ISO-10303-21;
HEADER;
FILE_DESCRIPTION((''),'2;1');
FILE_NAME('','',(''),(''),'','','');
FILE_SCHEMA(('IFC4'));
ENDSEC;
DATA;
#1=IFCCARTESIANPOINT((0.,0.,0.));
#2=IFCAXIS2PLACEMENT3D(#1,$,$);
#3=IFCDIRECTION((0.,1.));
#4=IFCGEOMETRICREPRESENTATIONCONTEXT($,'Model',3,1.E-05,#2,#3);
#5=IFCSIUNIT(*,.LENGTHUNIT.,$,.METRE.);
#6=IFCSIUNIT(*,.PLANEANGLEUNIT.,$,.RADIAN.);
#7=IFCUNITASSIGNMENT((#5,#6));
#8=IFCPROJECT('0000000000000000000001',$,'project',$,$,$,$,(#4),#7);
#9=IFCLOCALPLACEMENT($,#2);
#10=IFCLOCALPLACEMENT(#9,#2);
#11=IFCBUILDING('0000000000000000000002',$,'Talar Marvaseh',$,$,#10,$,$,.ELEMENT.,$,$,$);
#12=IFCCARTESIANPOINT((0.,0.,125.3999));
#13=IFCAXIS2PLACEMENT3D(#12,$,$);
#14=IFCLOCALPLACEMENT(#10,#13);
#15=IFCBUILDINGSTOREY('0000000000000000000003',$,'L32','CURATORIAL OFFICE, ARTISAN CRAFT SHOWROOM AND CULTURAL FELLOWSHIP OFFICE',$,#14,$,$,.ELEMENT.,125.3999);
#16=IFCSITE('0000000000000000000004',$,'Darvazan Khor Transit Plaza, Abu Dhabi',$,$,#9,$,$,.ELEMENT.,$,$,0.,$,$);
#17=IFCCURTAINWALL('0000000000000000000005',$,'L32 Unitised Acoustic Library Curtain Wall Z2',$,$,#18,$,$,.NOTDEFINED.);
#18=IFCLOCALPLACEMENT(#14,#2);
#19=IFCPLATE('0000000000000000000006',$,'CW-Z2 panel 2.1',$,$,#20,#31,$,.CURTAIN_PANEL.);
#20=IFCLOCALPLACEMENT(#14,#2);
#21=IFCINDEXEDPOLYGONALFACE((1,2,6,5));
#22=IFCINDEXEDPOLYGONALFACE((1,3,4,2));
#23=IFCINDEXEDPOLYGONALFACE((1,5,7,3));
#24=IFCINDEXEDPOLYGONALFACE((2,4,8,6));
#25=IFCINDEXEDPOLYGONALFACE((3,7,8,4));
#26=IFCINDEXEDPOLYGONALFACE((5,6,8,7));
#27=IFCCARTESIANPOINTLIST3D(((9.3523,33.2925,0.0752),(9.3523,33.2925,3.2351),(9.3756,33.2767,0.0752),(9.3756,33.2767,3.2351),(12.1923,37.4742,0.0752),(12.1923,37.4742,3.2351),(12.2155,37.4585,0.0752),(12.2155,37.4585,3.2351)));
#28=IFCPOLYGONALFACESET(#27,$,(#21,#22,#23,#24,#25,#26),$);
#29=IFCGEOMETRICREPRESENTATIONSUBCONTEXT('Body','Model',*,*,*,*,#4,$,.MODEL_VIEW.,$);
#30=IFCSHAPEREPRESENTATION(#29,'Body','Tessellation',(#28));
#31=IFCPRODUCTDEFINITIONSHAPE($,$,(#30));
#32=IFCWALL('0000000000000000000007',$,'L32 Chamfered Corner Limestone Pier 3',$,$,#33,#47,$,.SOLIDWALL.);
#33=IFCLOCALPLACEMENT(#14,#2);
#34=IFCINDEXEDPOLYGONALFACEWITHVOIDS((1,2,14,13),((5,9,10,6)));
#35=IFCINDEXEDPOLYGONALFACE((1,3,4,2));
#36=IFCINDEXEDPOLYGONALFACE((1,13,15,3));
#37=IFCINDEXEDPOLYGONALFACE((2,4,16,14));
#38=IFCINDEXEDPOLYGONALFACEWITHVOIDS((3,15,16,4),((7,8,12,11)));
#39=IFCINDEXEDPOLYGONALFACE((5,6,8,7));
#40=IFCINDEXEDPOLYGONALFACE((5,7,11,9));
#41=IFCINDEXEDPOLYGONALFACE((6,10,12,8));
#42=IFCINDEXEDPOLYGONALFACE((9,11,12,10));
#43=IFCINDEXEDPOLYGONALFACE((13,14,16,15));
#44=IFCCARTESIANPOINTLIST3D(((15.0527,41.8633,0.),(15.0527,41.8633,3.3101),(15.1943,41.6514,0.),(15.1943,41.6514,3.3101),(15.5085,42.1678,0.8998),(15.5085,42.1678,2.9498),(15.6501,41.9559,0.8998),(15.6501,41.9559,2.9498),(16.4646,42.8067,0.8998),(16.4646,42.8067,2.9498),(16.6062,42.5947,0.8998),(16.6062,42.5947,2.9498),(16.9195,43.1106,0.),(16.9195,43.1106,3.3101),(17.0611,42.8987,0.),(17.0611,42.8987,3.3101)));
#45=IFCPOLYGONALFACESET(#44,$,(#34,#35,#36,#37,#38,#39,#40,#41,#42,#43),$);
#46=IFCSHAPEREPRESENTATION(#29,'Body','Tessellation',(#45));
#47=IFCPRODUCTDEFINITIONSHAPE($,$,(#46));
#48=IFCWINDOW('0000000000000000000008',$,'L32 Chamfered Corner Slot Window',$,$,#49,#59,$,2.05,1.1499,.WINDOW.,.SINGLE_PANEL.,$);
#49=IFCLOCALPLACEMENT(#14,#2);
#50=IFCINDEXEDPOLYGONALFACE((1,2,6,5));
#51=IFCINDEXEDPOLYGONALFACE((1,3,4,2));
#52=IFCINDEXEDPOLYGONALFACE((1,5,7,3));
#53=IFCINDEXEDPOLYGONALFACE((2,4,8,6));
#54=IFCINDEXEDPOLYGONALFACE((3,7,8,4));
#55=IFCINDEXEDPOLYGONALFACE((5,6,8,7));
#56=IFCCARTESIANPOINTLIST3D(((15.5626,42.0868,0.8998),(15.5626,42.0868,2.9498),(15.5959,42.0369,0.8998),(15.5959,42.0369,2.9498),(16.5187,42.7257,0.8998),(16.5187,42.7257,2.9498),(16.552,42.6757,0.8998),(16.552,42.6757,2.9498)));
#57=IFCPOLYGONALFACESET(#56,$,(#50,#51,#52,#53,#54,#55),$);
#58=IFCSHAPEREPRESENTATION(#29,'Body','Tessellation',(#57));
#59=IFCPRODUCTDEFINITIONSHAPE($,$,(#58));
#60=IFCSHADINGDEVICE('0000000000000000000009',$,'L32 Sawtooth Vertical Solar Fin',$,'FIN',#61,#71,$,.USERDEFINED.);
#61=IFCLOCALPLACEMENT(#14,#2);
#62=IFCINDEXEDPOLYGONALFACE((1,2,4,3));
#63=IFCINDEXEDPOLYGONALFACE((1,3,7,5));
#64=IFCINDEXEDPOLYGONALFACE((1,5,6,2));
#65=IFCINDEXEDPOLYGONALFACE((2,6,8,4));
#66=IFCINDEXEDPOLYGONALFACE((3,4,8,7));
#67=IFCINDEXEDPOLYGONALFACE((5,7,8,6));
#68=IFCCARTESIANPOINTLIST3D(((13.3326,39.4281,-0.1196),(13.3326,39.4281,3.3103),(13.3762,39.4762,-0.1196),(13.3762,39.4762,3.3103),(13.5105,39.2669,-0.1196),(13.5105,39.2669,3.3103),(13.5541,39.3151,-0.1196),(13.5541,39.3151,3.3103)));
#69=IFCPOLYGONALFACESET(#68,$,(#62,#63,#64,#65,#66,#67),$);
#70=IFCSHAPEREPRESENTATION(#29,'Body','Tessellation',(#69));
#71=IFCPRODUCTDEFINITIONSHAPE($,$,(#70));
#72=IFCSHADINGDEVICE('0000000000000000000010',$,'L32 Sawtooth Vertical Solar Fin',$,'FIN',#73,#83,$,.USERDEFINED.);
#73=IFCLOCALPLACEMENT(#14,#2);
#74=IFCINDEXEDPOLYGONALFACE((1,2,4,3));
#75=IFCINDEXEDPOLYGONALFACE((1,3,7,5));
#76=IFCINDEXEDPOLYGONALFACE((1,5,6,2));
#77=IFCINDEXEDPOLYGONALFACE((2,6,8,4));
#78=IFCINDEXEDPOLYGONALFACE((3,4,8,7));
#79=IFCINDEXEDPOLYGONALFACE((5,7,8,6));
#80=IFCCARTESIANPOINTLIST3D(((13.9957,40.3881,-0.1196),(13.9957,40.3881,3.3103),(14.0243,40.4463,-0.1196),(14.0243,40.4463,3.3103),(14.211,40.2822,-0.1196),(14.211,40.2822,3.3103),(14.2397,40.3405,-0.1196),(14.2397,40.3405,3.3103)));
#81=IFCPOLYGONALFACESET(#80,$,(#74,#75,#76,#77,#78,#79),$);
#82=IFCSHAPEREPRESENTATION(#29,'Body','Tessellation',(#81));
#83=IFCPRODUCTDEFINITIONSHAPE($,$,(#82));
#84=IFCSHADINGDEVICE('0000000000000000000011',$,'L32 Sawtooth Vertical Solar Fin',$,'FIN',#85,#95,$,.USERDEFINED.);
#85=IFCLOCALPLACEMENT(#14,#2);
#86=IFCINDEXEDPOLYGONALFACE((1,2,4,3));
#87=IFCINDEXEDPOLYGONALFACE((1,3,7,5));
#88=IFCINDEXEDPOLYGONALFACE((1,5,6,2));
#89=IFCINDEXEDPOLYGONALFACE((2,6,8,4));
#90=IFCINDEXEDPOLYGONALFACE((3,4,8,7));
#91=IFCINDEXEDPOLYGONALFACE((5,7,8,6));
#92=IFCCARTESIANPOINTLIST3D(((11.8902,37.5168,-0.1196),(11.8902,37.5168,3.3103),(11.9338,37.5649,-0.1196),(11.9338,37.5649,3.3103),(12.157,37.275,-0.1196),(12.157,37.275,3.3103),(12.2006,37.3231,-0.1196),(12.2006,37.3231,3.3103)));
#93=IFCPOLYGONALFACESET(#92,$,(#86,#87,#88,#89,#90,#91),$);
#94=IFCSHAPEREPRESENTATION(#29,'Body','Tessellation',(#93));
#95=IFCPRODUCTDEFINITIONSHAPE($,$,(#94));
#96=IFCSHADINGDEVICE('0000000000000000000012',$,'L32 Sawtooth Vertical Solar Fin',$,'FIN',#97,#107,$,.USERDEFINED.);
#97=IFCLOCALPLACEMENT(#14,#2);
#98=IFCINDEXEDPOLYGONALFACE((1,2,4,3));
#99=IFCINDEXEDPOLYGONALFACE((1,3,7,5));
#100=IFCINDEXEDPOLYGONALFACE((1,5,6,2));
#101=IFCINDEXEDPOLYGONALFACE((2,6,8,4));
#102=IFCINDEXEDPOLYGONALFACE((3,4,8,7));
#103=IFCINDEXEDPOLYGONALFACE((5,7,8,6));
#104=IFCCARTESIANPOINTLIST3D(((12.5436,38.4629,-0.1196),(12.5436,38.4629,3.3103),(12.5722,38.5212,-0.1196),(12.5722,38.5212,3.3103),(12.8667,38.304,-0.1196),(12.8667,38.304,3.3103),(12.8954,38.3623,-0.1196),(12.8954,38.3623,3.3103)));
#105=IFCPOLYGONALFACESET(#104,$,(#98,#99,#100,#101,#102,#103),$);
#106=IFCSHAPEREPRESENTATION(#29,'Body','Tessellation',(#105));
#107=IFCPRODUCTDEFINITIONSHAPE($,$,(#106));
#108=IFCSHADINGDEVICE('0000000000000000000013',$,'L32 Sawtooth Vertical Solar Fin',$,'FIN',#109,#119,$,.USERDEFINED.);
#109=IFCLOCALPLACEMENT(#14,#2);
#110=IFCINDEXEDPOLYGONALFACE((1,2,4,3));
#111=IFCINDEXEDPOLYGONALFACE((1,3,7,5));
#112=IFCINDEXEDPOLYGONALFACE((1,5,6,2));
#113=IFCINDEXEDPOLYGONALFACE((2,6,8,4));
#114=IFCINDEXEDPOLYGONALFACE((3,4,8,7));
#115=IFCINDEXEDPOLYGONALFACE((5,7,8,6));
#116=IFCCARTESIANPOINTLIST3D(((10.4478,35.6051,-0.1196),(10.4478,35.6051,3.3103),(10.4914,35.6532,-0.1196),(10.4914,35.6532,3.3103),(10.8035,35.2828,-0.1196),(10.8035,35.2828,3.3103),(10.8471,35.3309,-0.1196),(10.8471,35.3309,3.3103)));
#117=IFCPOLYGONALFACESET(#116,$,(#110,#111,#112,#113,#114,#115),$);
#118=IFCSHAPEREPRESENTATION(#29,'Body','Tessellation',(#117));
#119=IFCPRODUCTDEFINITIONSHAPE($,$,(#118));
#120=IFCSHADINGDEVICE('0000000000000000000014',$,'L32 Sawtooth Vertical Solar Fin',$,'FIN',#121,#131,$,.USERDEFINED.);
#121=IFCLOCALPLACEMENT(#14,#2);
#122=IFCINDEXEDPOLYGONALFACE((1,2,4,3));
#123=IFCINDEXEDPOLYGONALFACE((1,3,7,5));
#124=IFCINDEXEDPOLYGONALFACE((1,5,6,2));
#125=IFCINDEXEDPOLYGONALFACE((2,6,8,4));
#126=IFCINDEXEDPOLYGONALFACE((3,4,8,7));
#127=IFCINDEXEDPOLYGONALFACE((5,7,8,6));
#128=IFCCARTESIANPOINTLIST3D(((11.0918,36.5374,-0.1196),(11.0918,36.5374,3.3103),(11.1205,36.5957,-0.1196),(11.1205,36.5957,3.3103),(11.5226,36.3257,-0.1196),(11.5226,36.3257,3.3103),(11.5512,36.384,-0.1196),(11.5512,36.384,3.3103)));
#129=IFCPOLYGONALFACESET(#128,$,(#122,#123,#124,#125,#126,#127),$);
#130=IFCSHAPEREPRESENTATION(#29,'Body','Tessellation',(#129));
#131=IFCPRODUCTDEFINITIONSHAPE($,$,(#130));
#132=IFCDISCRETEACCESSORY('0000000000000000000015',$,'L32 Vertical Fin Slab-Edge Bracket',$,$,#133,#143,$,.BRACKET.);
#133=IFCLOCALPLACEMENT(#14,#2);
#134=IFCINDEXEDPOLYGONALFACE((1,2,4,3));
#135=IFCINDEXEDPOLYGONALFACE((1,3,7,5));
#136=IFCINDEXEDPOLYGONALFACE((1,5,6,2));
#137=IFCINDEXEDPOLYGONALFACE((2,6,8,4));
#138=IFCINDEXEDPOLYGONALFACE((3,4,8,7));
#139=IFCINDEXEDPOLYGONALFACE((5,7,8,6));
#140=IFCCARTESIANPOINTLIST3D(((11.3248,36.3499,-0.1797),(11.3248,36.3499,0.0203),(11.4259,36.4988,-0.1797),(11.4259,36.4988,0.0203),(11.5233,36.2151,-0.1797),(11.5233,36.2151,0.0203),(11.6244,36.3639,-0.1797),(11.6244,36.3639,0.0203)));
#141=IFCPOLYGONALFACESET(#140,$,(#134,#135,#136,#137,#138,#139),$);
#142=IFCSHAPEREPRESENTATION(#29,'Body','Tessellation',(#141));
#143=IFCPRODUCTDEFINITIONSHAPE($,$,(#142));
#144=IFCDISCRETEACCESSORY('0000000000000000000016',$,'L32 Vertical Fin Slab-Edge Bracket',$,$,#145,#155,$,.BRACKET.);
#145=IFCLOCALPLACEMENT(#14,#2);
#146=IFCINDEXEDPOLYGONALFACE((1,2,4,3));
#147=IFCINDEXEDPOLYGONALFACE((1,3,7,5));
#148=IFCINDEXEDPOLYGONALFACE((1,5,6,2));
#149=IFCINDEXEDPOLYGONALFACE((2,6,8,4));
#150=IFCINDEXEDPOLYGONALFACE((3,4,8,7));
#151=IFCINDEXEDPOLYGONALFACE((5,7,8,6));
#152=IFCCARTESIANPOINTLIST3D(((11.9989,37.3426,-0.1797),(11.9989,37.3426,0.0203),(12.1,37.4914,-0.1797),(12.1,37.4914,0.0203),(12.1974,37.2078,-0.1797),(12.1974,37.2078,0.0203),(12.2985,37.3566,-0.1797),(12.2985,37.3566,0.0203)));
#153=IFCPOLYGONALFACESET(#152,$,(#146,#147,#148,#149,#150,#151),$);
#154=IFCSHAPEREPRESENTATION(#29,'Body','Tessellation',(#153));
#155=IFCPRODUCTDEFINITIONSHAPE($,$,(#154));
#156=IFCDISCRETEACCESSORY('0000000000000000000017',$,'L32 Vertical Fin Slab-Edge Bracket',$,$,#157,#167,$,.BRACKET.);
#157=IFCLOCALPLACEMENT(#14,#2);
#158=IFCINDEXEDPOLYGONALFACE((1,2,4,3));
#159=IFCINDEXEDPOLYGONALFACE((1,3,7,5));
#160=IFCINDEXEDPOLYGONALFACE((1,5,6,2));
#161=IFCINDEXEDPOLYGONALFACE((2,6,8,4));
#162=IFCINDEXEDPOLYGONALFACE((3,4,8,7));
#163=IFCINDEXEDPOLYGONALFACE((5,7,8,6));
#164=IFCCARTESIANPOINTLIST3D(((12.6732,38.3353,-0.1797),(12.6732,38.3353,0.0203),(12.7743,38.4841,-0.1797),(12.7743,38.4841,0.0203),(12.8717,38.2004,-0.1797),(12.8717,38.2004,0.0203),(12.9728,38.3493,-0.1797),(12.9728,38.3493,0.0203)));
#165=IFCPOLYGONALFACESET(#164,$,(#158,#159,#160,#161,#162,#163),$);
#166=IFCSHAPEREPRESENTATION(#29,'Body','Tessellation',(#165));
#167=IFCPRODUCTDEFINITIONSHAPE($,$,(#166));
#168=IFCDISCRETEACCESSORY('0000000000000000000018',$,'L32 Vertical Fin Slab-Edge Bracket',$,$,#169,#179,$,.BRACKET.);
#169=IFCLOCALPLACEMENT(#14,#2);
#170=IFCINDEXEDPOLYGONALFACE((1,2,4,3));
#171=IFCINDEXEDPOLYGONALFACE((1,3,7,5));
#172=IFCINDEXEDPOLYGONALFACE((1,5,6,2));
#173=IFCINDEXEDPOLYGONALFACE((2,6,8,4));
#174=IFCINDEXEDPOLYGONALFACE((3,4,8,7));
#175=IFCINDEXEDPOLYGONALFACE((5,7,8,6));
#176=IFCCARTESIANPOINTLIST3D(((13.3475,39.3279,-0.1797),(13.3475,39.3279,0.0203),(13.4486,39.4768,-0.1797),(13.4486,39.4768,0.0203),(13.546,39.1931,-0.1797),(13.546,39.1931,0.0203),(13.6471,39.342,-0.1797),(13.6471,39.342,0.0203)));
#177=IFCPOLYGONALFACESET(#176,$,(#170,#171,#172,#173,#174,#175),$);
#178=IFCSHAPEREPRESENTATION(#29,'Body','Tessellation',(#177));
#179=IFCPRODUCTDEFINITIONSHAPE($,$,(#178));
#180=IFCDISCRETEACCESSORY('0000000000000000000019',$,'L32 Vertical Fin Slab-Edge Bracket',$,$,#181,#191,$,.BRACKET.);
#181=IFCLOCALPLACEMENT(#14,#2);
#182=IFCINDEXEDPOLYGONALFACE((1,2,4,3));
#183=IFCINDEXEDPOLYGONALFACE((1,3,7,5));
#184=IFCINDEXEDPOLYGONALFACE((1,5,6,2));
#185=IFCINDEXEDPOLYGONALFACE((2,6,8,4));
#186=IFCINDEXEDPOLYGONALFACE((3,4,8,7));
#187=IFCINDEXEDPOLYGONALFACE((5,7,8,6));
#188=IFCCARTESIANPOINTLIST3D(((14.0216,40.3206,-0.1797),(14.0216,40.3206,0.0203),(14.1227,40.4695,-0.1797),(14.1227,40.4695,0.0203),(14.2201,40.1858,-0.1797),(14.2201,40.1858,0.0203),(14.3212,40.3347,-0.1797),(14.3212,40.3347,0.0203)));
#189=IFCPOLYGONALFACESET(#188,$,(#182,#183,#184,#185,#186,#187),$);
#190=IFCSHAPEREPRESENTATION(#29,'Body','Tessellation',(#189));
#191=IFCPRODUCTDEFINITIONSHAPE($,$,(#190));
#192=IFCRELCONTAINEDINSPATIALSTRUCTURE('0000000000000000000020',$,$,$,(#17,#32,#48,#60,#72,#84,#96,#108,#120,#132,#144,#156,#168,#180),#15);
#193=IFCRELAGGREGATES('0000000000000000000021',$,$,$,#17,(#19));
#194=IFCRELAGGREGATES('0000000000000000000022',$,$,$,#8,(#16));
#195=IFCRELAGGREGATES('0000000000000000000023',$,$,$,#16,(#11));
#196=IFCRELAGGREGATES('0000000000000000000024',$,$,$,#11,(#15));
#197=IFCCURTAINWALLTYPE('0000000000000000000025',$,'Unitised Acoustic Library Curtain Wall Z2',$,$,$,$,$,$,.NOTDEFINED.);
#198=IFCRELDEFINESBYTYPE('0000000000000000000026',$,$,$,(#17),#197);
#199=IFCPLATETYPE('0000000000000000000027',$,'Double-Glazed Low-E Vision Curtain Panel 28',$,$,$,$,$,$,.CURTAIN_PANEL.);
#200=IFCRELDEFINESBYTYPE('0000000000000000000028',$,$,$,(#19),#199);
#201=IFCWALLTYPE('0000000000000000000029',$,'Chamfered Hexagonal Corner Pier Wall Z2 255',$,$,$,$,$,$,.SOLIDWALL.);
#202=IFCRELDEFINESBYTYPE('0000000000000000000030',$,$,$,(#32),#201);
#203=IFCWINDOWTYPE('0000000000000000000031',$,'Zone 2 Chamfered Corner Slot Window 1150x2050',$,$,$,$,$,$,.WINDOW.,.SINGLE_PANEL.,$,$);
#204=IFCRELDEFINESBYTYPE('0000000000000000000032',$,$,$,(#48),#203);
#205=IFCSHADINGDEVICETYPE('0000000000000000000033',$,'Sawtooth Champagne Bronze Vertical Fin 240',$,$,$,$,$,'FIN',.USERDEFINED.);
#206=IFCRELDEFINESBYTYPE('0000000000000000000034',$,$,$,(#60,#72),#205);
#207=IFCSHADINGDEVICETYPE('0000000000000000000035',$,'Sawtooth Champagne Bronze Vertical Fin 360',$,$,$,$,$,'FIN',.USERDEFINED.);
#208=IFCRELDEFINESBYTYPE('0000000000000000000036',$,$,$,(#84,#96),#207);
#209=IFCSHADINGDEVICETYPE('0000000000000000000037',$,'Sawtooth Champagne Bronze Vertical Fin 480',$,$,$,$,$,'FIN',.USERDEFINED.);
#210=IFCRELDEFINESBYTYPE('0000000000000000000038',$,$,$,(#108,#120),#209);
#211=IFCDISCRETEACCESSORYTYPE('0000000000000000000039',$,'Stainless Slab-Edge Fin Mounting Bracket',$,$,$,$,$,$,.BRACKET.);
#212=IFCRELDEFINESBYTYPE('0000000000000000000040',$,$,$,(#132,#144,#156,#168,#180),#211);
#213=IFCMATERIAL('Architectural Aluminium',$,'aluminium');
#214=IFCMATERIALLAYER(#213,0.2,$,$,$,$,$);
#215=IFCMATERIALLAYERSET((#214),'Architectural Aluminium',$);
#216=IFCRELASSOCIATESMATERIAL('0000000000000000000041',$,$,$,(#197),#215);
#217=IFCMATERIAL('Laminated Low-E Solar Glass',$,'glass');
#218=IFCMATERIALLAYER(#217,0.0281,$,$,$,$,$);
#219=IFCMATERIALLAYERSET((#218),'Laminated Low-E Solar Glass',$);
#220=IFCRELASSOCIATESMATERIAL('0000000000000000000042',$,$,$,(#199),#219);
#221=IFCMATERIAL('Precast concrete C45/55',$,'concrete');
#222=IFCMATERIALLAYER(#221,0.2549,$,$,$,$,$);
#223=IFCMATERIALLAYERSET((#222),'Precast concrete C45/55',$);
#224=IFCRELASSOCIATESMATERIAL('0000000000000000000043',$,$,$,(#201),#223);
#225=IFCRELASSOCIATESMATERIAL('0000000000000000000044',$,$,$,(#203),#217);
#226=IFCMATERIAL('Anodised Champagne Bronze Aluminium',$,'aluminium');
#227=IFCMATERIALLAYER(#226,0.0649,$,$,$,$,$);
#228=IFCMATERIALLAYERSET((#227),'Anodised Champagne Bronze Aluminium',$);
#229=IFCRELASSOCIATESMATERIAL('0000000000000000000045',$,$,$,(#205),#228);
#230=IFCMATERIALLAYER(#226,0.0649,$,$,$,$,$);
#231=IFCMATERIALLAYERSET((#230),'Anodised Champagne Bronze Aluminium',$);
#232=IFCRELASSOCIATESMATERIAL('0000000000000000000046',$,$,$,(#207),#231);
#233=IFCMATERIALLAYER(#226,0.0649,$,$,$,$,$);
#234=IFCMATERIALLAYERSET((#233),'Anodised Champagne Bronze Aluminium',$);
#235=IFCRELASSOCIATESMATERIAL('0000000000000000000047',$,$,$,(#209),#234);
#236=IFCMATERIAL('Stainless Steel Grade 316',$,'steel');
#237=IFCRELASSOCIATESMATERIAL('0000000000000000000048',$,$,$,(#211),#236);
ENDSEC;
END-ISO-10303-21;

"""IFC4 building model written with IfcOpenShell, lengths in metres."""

from ifc_helpers import new_model, si_unit, direction, frame, frame_2d, origin, origin_2d, place, context, subcontext, project, spatial, rectangle, extrude, source, transform, mapped, material, layer, layer_set, type_object, type_shapes, element, fill, aggregate, save


model = new_model("IFC4")

# Units and contexts
model_context = context("Model", 3, precision=1e-05, world=origin(), true_north=direction((0.0, 1.0)))
body_context = subcontext(model_context, "Body", "Model", "MODEL_VIEW")
ifc_project = project(units=[si_unit("LENGTHUNIT", "METRE"), si_unit("PLANEANGLEUNIT", "RADIAN")], contexts=[model_context])

# Site, building, storey
site_placement = place(None, origin())
site = spatial("IfcSite", under=ifc_project, at=site_placement, Name="Darvazan Khor Transit Plaza, Abu Dhabi", CompositionType="ELEMENT", RefElevation=0.0)
building_placement = place(site_placement, origin())
building = spatial("IfcBuilding", under=site, at=building_placement, Name="Talar Marvaseh", CompositionType="ELEMENT")
storey_placement = place(building_placement, frame((0.0, 0.0, 125.3999)))
storey = spatial("IfcBuildingStorey", under=building, at=storey_placement, Name="L32", Description="CURATORIAL OFFICE, ARTISAN CRAFT SHOWROOM AND CULTURAL FELLOWSHIP OFFICE", CompositionType="ELEMENT", Elevation=125.3999)

# Curtain wall, plate
ifc_material_1 = material(Name="Architectural Aluminium", Category="aluminium")
ifc_layer_1 = layer(ifc_material_1, 0.2)
ifc_layer_set_1 = layer_set([ifc_layer_1], Name="Architectural Aluminium")
curtain_wall_type = type_object("IfcCurtainWallType", Name="Unitised Acoustic Library Curtain Wall Z2", PredefinedType="NOTDEFINED", material=ifc_layer_set_1)
curtain_wall_placement = place(storey_placement, origin())
curtain_wall = element("IfcCurtainWall", 1, at=curtain_wall_placement, inside=storey, type_object=curtain_wall_type, Name="L32 Unitised Acoustic Library Curtain Wall Z2", PredefinedType="NOTDEFINED")
ifc_material_2 = material(Name="Laminated Low-E Solar Glass", Category="glass")
ifc_layer_2 = layer(ifc_material_2, 0.0281)
ifc_layer_set_2 = layer_set([ifc_layer_2], Name="Laminated Low-E Solar Glass")
plate_type = type_object("IfcPlateType", Name="Double-Glazed Low-E Vision Curtain Panel 28", PredefinedType="CURTAIN_PANEL", material=ifc_layer_set_2)
shared_shape_1 = source(origin(), body_context, "Body", "SweptSolid", [
    extrude(rectangle(XDim=5.0549, YDim=0.0281, at=origin_2d()), origin(), (0.0, 0.0, 1.0), 3.1599),
])
plate_1_placement = place(storey_placement, frame((10.7839, 35.3755, 0.0752), z_axis=(0.0, 0.0, 1.0), x_axis=(0.561822, 0.827258, 0.0)))
plate_1 = element("IfcPlate", 2, at=plate_1_placement, type_object=plate_type, Name="CW-Z2 panel 2.1", PredefinedType="CURTAIN_PANEL", context=body_context, shape_type="MappedRepresentation", body=[
    mapped(shared_shape_1, transform((0.0, 0.0, 0.0), x_axis=(1.0, 0.0, 0.0), y_axis=(0.0, 1.0, 0.0), z_axis=(0.0, 0.0, 1.0), scale=1.0)),
])
aggregate(curtain_wall, [plate_1])

# Wall, opening, window
ifc_material_3 = material(Name="Precast concrete C45/55", Category="concrete")
ifc_layer_3 = layer(ifc_material_3, 0.2549)
ifc_layer_set_3 = layer_set([ifc_layer_3], Name="Precast concrete C45/55")
wall_type = type_object("IfcWallType", Name="Chamfered Hexagonal Corner Pier Wall Z2 255", PredefinedType="SOLIDWALL", material=ifc_layer_set_3)
wall_placement = place(storey_placement, frame((15.1235, 41.7573, 0.0), z_axis=(0.0, 0.0, 1.0), x_axis=(0.831464, 0.555578, 0.0)))
wall = element("IfcWall", 3, at=wall_placement, inside=storey, type_object=wall_type, Name="L32 Chamfered Corner Limestone Pier 3", PredefinedType="SOLIDWALL", context=body_context, shape_type="SweptSolid", body=[
    extrude(rectangle(XDim=2.2451, YDim=0.2549, at=frame_2d((1.1226, 0.0))), origin(), (0.0, 0.0, 1.0), 3.3101),
])
opening_placement = place(wall_placement, frame((0.5481, 0.0, 0.8999)))
opening = element("IfcOpeningElement", 4, at=opening_placement, cuts=wall, PredefinedType="OPENING", context=body_context, shape_type="SweptSolid", body=[
    extrude(rectangle(XDim=1.1499, YDim=2.05, at=frame_2d((0.575, 1.0249))), frame((0.0, 0.1375, 0.0), z_axis=(0.0, -1.0, 0.0), x_axis=(1.0, 0.0, 0.0)), (0.0, 0.0, 1.0), 0.2749),
])
window_type = type_object("IfcWindowType", Name="Zone 2 Chamfered Corner Slot Window 1150x2050", PartitioningType="SINGLE_PANEL", PredefinedType="WINDOW", material=ifc_material_2)
shared_shape_2 = source(origin(), body_context, "Body", "SweptSolid", [
    extrude(rectangle(XDim=1.1499, YDim=2.05, at=frame_2d((0.575, 1.0249))), frame((0.0, 0.03, 0.0), z_axis=(0.0, -1.0, 0.0), x_axis=(1.0, 0.0, 0.0)), (0.0, 0.0, 1.0), 0.0601),
])
type_shapes(window_type, [shared_shape_2])
window_placement = place(opening_placement, origin())
window = element("IfcWindow", 5, at=window_placement, inside=storey, type_object=window_type, Name="L32 Chamfered Corner Slot Window", OverallHeight=2.05, OverallWidth=1.1499, PartitioningType="SINGLE_PANEL", PredefinedType="WINDOW", context=body_context, shape_type="MappedRepresentation", body=[
    mapped(shared_shape_2, transform((0.0, 0.0, 0.0), x_axis=(1.0, 0.0, 0.0), y_axis=(0.0, 1.0, 0.0), z_axis=(0.0, 0.0, 1.0), scale=1.0)),
])
fill(opening, window)

# Shading devices
ifc_material_4 = material(Name="Anodised Champagne Bronze Aluminium", Category="aluminium")
ifc_layer_4 = layer(ifc_material_4, 0.0649)
ifc_layer_set_4 = layer_set([ifc_layer_4], Name="Anodised Champagne Bronze Aluminium")
shading_device_type_1 = type_object("IfcShadingDeviceType", Name="Sawtooth Champagne Bronze Vertical Fin 240", ElementType="FIN", PredefinedType="USERDEFINED", material=ifc_layer_set_4)
shared_shape_3 = source(origin(), body_context, "Body", "SweptSolid", [
    extrude(rectangle(XDim=0.24, YDim=0.0649, at=origin_2d()), origin(), (0.0, 0.0, 1.0), 3.4299),
])
type_shapes(shading_device_type_1, [shared_shape_3])
for number, where, z_axis, x_axis, name in (
    (6, (13.4434, 39.3716, -0.1196), (0.0, 0.0, 1.0), (-0.741039, 0.671462, 0.0), "L32 Sawtooth Vertical Solar Fin"),
    (7, (14.1177, 40.3643, -0.1196), (0.0, 0.0, 1.0), (-0.897412, 0.441193, 0.0), "L32 Sawtooth Vertical Solar Fin"),
):
    element("IfcShadingDevice", number, at=place(storey_placement, frame(where, z_axis=z_axis, x_axis=x_axis)), inside=storey, type_object=shading_device_type_1, Name=name, ObjectType="FIN", PredefinedType="USERDEFINED", context=body_context, shape_type="MappedRepresentation", body=[
        mapped(shared_shape_3, transform((0.0, 0.0, 0.0), x_axis=(1.0, 0.0, 0.0), y_axis=(0.0, 1.0, 0.0), z_axis=(0.0, 0.0, 1.0), scale=1.0)),
    ])
ifc_layer_5 = layer(ifc_material_4, 0.0649)
ifc_layer_set_5 = layer_set([ifc_layer_5], Name="Anodised Champagne Bronze Aluminium")
shading_device_type_2 = type_object("IfcShadingDeviceType", Name="Sawtooth Champagne Bronze Vertical Fin 360", ElementType="FIN", PredefinedType="USERDEFINED", material=ifc_layer_set_5)
shared_shape_4 = source(origin(), body_context, "Body", "SweptSolid", [
    extrude(rectangle(XDim=0.3601, YDim=0.0649, at=origin_2d()), origin(), (0.0, 0.0, 1.0), 3.4299),
])
type_shapes(shading_device_type_2, [shared_shape_4])
for number, where, z_axis, x_axis, name in (
    (8, (12.0454, 37.4199, -0.1196), (0.0, 0.0, 1.0), (-0.741039, 0.671462, 0.0), "L32 Sawtooth Vertical Solar Fin"),
    (9, (12.7195, 38.4126, -0.1196), (0.0, 0.0, 1.0), (-0.897412, 0.441193, 0.0), "L32 Sawtooth Vertical Solar Fin"),
):
    element("IfcShadingDevice", number, at=place(storey_placement, frame(where, z_axis=z_axis, x_axis=x_axis)), inside=storey, type_object=shading_device_type_2, Name=name, ObjectType="FIN", PredefinedType="USERDEFINED", context=body_context, shape_type="MappedRepresentation", body=[
        mapped(shared_shape_4, transform((0.0, 0.0, 0.0), x_axis=(1.0, 0.0, 0.0), y_axis=(0.0, 1.0, 0.0), z_axis=(0.0, 0.0, 1.0), scale=1.0)),
    ])
ifc_layer_6 = layer(ifc_material_4, 0.0649)
ifc_layer_set_6 = layer_set([ifc_layer_6], Name="Anodised Champagne Bronze Aluminium")
shading_device_type_3 = type_object("IfcShadingDeviceType", Name="Sawtooth Champagne Bronze Vertical Fin 480", ElementType="FIN", PredefinedType="USERDEFINED", material=ifc_layer_set_6)
shared_shape_5 = source(origin(), body_context, "Body", "SweptSolid", [
    extrude(rectangle(XDim=0.48, YDim=0.0649, at=origin_2d()), origin(), (0.0, 0.0, 1.0), 3.4299),
])
type_shapes(shading_device_type_3, [shared_shape_5])
for number, where, z_axis, x_axis, name in (
    (10, (10.6475, 35.468, -0.1196), (0.0, 0.0, 1.0), (-0.741039, 0.671462, 0.0), "L32 Sawtooth Vertical Solar Fin"),
    (11, (11.3215, 36.4607, -0.1196), (0.0, 0.0, 1.0), (-0.897412, 0.441193, 0.0), "L32 Sawtooth Vertical Solar Fin"),
):
    element("IfcShadingDevice", number, at=place(storey_placement, frame(where, z_axis=z_axis, x_axis=x_axis)), inside=storey, type_object=shading_device_type_3, Name=name, ObjectType="FIN", PredefinedType="USERDEFINED", context=body_context, shape_type="MappedRepresentation", body=[
        mapped(shared_shape_5, transform((0.0, 0.0, 0.0), x_axis=(1.0, 0.0, 0.0), y_axis=(0.0, 1.0, 0.0), z_axis=(0.0, 0.0, 1.0), scale=1.0)),
    ])

# Discrete accessories
ifc_material_5 = material(Name="Stainless Steel Grade 316", Category="steel")
discrete_accessory_type = type_object("IfcDiscreteAccessoryType", Name="Stainless Slab-Edge Fin Mounting Bracket", PredefinedType="BRACKET", material=ifc_material_5)
shared_shape_6 = source(origin(), body_context, "Body", "SweptSolid", [
    extrude(rectangle(XDim=0.24, YDim=0.1799, at=origin_2d()), origin(), (0.0, 0.0, 1.0), 0.2),
])
type_shapes(discrete_accessory_type, [shared_shape_6])
for number, where, z_axis, x_axis, name in (
    (12, (11.4746, 36.3569, -0.1797), (0.0, 0.0, 1.0), (-0.827277, 0.561795, 0.0), "L32 Vertical Fin Slab-Edge Bracket"),
    (13, (12.1487, 37.3496, -0.1797), (0.0, 0.0, 1.0), (-0.827277, 0.561795, 0.0), "L32 Vertical Fin Slab-Edge Bracket"),
    (14, (12.823, 38.3423, -0.1797), (0.0, 0.0, 1.0), (-0.827277, 0.561795, 0.0), "L32 Vertical Fin Slab-Edge Bracket"),
    (15, (13.4973, 39.335, -0.1797), (0.0, 0.0, 1.0), (-0.827277, 0.561795, 0.0), "L32 Vertical Fin Slab-Edge Bracket"),
    (16, (14.1714, 40.3276, -0.1797), (0.0, 0.0, 1.0), (-0.827277, 0.561795, 0.0), "L32 Vertical Fin Slab-Edge Bracket"),
):
    element("IfcDiscreteAccessory", number, at=place(storey_placement, frame(where, z_axis=z_axis, x_axis=x_axis)), inside=storey, type_object=discrete_accessory_type, Name=name, PredefinedType="BRACKET", context=body_context, shape_type="MappedRepresentation", body=[
        mapped(shared_shape_6, transform((0.0, 0.0, 0.0), x_axis=(1.0, 0.0, 0.0), y_axis=(0.0, 1.0, 0.0), z_axis=(0.0, 0.0, 1.0), scale=1.0)),
    ])

save(model, "model.ifc")
